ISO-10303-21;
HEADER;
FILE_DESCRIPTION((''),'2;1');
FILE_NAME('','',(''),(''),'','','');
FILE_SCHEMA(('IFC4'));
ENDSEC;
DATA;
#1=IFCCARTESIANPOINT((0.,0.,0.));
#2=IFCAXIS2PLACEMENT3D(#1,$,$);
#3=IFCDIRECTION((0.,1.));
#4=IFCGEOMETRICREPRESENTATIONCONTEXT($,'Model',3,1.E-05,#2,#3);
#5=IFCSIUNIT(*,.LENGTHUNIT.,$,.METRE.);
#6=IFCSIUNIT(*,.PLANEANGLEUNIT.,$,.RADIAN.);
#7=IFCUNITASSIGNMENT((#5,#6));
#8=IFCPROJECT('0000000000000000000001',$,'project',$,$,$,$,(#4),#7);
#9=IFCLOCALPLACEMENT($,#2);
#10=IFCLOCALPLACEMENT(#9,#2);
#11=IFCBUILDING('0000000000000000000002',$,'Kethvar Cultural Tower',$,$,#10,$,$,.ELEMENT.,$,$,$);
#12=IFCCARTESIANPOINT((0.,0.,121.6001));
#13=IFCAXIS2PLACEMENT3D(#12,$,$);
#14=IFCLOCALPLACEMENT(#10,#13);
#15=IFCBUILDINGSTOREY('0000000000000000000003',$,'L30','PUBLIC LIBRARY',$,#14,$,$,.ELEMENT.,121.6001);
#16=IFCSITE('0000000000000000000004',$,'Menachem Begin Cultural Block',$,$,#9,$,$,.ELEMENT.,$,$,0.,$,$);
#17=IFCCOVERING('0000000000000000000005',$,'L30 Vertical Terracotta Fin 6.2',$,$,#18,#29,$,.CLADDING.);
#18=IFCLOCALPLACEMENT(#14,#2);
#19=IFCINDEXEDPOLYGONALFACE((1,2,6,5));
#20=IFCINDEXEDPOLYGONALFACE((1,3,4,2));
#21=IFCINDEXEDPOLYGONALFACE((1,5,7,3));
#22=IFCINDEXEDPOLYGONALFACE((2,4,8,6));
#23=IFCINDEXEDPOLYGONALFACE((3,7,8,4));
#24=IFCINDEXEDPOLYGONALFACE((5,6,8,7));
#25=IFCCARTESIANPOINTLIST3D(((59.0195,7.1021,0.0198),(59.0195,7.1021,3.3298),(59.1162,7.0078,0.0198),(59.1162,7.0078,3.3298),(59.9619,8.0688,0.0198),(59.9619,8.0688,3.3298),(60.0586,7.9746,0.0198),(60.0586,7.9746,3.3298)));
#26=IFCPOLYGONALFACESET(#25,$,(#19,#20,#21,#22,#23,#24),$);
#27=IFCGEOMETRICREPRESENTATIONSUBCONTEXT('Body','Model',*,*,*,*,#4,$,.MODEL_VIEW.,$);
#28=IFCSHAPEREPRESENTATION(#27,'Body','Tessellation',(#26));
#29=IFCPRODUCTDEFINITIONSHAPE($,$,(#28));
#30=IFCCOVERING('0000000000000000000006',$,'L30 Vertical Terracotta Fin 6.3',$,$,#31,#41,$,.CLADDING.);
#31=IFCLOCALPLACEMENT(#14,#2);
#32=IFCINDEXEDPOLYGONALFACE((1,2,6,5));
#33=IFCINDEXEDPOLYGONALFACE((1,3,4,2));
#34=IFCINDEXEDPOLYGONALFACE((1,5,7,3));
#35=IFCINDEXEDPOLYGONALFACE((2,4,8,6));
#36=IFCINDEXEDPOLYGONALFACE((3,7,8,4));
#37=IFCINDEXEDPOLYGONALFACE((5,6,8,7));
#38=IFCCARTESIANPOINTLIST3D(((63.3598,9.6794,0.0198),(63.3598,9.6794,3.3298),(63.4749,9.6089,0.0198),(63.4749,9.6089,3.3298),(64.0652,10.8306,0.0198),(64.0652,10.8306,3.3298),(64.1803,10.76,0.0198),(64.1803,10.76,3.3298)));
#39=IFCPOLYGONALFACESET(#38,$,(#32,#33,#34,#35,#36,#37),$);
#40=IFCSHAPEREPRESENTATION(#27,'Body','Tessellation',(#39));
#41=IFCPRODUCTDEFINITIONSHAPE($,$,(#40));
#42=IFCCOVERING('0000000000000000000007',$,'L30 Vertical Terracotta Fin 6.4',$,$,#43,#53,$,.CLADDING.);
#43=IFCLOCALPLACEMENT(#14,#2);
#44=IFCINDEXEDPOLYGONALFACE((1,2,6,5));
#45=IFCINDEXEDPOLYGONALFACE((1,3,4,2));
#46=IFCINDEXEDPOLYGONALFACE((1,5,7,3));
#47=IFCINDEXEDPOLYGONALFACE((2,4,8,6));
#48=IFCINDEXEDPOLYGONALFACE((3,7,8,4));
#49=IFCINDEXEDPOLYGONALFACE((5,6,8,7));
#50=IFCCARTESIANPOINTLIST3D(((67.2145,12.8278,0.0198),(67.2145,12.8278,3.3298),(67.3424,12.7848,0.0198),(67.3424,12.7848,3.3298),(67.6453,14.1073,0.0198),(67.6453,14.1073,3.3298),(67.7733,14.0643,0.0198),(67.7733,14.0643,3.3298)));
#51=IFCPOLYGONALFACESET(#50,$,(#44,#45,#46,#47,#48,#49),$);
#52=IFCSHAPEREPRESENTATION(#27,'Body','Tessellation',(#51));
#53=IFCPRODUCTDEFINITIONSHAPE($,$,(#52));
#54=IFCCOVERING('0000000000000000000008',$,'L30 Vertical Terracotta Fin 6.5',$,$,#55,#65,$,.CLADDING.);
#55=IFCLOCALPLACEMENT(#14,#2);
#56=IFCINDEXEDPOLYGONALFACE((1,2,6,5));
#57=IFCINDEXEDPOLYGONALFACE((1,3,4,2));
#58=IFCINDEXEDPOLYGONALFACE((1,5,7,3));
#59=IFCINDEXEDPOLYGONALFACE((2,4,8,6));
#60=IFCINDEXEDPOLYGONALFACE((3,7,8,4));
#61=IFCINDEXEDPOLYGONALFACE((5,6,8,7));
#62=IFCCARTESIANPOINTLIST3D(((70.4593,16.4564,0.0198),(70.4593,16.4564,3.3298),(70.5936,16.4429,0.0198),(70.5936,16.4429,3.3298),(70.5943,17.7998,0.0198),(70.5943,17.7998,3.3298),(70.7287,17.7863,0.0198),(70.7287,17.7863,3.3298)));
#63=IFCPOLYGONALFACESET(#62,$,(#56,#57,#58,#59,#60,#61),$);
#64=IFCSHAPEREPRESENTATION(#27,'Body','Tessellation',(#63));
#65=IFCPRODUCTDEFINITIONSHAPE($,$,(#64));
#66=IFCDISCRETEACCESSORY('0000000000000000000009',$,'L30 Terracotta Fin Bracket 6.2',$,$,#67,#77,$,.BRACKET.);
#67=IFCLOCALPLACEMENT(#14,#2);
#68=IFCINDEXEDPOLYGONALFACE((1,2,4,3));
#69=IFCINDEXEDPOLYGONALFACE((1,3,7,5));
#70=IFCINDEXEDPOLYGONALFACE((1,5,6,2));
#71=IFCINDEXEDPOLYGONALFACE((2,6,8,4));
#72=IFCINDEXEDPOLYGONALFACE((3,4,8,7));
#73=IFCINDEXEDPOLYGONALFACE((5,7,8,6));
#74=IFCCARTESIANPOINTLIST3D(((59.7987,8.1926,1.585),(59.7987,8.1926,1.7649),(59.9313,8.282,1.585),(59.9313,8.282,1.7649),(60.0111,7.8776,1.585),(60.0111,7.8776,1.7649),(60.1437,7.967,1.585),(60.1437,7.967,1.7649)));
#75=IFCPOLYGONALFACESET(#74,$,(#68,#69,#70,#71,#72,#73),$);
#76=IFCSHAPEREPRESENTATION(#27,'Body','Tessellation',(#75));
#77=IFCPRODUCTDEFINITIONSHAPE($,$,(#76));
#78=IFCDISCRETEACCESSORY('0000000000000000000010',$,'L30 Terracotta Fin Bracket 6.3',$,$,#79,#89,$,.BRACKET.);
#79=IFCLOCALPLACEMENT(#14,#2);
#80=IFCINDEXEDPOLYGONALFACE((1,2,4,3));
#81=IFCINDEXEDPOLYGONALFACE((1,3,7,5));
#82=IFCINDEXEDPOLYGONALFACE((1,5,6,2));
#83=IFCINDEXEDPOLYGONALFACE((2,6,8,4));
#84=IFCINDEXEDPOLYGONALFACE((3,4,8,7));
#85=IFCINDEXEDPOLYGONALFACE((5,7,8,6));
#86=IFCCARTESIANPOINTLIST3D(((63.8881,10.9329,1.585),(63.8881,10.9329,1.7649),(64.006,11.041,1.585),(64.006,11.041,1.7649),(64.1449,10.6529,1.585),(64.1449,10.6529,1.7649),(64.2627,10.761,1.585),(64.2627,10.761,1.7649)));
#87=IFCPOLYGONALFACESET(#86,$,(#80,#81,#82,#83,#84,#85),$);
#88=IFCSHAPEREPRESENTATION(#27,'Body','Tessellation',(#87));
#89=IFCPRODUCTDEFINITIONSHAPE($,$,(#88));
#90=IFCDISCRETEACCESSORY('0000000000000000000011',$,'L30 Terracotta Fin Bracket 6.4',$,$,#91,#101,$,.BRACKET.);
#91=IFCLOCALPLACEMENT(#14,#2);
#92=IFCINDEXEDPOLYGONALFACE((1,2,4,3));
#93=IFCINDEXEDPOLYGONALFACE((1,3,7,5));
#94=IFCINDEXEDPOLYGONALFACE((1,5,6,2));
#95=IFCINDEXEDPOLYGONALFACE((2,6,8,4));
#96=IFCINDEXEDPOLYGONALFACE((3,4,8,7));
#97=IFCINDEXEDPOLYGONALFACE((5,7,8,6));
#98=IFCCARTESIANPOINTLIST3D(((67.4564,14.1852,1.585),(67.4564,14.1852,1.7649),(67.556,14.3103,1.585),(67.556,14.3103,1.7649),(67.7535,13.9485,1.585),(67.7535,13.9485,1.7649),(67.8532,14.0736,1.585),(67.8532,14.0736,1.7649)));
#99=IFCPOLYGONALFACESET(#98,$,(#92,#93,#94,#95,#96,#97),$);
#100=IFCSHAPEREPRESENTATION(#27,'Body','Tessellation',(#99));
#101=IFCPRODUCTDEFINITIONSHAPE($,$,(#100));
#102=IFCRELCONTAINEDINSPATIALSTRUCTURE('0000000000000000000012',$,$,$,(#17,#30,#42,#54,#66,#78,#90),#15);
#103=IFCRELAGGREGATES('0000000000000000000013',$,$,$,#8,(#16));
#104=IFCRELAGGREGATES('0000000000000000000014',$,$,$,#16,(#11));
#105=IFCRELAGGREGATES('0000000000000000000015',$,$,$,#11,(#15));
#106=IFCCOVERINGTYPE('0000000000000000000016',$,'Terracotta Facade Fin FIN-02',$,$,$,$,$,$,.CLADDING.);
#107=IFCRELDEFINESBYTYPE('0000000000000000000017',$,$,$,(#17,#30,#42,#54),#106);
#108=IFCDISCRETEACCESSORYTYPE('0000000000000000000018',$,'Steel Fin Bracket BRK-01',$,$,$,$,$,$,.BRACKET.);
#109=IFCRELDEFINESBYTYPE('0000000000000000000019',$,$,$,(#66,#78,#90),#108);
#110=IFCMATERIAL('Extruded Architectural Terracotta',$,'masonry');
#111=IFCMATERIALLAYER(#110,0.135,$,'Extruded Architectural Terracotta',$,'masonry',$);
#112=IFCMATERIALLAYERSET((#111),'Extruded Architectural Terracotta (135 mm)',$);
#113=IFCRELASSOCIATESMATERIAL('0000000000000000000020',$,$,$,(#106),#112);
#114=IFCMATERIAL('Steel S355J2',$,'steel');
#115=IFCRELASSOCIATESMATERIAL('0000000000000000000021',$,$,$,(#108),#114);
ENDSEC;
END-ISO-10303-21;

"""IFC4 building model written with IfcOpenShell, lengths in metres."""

from ifc_helpers import new_model, si_unit, direction, frame, origin, origin_2d, place, context, subcontext, project, spatial, rectangle, extrude, source, transform, mapped, material, layer, layer_set, type_object, element, save


model = new_model("IFC4")

# Units and contexts
model_context = context("Model", 3, precision=1e-05, world=origin(), true_north=direction((0.0, 1.0)))
body_context = subcontext(model_context, "Body", "Model", "MODEL_VIEW")
ifc_project = project(units=[si_unit("LENGTHUNIT", "METRE"), si_unit("PLANEANGLEUNIT", "RADIAN")], contexts=[model_context])

# Site, building, storey
site_placement = place(None, origin())
site = spatial("IfcSite", under=ifc_project, at=site_placement, Name="Menachem Begin Cultural Block", CompositionType="ELEMENT", RefElevation=0.0)
building_placement = place(site_placement, origin())
building = spatial("IfcBuilding", under=site, at=building_placement, Name="Kethvar Cultural Tower", CompositionType="ELEMENT")
storey_placement = place(building_placement, frame((0.0, 0.0, 121.6001)))
storey = spatial("IfcBuildingStorey", under=building, at=storey_placement, Name="L30", Description="PUBLIC LIBRARY", CompositionType="ELEMENT", Elevation=121.6001)

# Shared definitions
ifc_material_1 = material(Name="Steel S355J2", Category="steel")

# Coverings
ifc_material_2 = material(Name="Extruded Architectural Terracotta", Category="masonry")
ifc_layer_1 = layer(ifc_material_2, 0.135, Name="Extruded Architectural Terracotta", Category="masonry")
ifc_layer_set_1 = layer_set([ifc_layer_1], Name="Extruded Architectural Terracotta (135 mm)")
covering_type = type_object("IfcCoveringType", Name="Terracotta Facade Fin FIN-02", PredefinedType="CLADDING", material=ifc_layer_set_1)
shared_shape_1 = source(origin(), body_context, "Body", "SweptSolid", [
    extrude(rectangle(XDim=1.3501, YDim=0.135, at=origin_2d()), origin(), (0.0, 0.0, 1.0), 3.3101),
])
for number, where, z_axis, x_axis, name in (
    (1, (59.5391, 7.5383, 0.0198), (0.0, 0.0, 1.0), (-0.69804, -0.716058, 0.0), "L30 Vertical Terracotta Fin 6.2"),
    (2, (63.77, 10.2197, 0.0198), (0.0, 0.0, 1.0), (-0.522499, -0.85264, 0.0), "L30 Vertical Terracotta Fin 6.3"),
    (3, (67.4939, 13.446, 0.0198), (0.0, 0.0, 1.0), (-0.319125, -0.947713, 0.0), "L30 Vertical Terracotta Fin 6.4"),
    (4, (70.594, 17.1213, 0.0198), (0.0, 0.0, 1.0), (-0.100014, -0.994986, 0.0), "L30 Vertical Terracotta Fin 6.5"),
):
    element("IfcCovering", number, at=place(storey_placement, frame(where, z_axis=z_axis, x_axis=x_axis)), inside=storey, type_object=covering_type, Name=name, PredefinedType="CLADDING", context=body_context, shape_type="MappedRepresentation", body=[
        mapped(shared_shape_1, transform((0.0, 0.0, 0.0), scale=1.0)),
    ])

# Discrete accessories
discrete_accessory_type = type_object("IfcDiscreteAccessoryType", Name="Steel Fin Bracket BRK-01", PredefinedType="BRACKET", material=ifc_material_1)
shared_shape_2 = source(origin(), body_context, "Body", "SweptSolid", [
    extrude(rectangle(XDim=0.3799, YDim=0.1599, at=origin_2d()), origin(), (0.0, 0.0, 1.0), 0.1799),
])
for number, where, z_axis, x_axis, name in (
    (5, (59.9712, 8.0798, 1.585), (0.0, 0.0, 1.0), (0.559048, -0.829135, 0.0), "L30 Terracotta Fin Bracket 6.2"),
    (6, (64.0754, 10.8469, 1.585), (0.0, 0.0, 1.0), (0.675848, -0.737041, 0.0), "L30 Terracotta Fin Bracket 6.3"),
    (7, (67.6548, 14.1294, 1.585), (0.0, 0.0, 1.0), (0.782173, -0.623061, 0.0), "L30 Terracotta Fin Bracket 6.4"),
):
    element("IfcDiscreteAccessory", number, at=place(storey_placement, frame(where, z_axis=z_axis, x_axis=x_axis)), inside=storey, type_object=discrete_accessory_type, Name=name, PredefinedType="BRACKET", context=body_context, shape_type="MappedRepresentation", body=[
        mapped(shared_shape_2, transform((0.0, 0.0, 0.0), scale=1.0)),
    ])

save(model, "model.ifc")
